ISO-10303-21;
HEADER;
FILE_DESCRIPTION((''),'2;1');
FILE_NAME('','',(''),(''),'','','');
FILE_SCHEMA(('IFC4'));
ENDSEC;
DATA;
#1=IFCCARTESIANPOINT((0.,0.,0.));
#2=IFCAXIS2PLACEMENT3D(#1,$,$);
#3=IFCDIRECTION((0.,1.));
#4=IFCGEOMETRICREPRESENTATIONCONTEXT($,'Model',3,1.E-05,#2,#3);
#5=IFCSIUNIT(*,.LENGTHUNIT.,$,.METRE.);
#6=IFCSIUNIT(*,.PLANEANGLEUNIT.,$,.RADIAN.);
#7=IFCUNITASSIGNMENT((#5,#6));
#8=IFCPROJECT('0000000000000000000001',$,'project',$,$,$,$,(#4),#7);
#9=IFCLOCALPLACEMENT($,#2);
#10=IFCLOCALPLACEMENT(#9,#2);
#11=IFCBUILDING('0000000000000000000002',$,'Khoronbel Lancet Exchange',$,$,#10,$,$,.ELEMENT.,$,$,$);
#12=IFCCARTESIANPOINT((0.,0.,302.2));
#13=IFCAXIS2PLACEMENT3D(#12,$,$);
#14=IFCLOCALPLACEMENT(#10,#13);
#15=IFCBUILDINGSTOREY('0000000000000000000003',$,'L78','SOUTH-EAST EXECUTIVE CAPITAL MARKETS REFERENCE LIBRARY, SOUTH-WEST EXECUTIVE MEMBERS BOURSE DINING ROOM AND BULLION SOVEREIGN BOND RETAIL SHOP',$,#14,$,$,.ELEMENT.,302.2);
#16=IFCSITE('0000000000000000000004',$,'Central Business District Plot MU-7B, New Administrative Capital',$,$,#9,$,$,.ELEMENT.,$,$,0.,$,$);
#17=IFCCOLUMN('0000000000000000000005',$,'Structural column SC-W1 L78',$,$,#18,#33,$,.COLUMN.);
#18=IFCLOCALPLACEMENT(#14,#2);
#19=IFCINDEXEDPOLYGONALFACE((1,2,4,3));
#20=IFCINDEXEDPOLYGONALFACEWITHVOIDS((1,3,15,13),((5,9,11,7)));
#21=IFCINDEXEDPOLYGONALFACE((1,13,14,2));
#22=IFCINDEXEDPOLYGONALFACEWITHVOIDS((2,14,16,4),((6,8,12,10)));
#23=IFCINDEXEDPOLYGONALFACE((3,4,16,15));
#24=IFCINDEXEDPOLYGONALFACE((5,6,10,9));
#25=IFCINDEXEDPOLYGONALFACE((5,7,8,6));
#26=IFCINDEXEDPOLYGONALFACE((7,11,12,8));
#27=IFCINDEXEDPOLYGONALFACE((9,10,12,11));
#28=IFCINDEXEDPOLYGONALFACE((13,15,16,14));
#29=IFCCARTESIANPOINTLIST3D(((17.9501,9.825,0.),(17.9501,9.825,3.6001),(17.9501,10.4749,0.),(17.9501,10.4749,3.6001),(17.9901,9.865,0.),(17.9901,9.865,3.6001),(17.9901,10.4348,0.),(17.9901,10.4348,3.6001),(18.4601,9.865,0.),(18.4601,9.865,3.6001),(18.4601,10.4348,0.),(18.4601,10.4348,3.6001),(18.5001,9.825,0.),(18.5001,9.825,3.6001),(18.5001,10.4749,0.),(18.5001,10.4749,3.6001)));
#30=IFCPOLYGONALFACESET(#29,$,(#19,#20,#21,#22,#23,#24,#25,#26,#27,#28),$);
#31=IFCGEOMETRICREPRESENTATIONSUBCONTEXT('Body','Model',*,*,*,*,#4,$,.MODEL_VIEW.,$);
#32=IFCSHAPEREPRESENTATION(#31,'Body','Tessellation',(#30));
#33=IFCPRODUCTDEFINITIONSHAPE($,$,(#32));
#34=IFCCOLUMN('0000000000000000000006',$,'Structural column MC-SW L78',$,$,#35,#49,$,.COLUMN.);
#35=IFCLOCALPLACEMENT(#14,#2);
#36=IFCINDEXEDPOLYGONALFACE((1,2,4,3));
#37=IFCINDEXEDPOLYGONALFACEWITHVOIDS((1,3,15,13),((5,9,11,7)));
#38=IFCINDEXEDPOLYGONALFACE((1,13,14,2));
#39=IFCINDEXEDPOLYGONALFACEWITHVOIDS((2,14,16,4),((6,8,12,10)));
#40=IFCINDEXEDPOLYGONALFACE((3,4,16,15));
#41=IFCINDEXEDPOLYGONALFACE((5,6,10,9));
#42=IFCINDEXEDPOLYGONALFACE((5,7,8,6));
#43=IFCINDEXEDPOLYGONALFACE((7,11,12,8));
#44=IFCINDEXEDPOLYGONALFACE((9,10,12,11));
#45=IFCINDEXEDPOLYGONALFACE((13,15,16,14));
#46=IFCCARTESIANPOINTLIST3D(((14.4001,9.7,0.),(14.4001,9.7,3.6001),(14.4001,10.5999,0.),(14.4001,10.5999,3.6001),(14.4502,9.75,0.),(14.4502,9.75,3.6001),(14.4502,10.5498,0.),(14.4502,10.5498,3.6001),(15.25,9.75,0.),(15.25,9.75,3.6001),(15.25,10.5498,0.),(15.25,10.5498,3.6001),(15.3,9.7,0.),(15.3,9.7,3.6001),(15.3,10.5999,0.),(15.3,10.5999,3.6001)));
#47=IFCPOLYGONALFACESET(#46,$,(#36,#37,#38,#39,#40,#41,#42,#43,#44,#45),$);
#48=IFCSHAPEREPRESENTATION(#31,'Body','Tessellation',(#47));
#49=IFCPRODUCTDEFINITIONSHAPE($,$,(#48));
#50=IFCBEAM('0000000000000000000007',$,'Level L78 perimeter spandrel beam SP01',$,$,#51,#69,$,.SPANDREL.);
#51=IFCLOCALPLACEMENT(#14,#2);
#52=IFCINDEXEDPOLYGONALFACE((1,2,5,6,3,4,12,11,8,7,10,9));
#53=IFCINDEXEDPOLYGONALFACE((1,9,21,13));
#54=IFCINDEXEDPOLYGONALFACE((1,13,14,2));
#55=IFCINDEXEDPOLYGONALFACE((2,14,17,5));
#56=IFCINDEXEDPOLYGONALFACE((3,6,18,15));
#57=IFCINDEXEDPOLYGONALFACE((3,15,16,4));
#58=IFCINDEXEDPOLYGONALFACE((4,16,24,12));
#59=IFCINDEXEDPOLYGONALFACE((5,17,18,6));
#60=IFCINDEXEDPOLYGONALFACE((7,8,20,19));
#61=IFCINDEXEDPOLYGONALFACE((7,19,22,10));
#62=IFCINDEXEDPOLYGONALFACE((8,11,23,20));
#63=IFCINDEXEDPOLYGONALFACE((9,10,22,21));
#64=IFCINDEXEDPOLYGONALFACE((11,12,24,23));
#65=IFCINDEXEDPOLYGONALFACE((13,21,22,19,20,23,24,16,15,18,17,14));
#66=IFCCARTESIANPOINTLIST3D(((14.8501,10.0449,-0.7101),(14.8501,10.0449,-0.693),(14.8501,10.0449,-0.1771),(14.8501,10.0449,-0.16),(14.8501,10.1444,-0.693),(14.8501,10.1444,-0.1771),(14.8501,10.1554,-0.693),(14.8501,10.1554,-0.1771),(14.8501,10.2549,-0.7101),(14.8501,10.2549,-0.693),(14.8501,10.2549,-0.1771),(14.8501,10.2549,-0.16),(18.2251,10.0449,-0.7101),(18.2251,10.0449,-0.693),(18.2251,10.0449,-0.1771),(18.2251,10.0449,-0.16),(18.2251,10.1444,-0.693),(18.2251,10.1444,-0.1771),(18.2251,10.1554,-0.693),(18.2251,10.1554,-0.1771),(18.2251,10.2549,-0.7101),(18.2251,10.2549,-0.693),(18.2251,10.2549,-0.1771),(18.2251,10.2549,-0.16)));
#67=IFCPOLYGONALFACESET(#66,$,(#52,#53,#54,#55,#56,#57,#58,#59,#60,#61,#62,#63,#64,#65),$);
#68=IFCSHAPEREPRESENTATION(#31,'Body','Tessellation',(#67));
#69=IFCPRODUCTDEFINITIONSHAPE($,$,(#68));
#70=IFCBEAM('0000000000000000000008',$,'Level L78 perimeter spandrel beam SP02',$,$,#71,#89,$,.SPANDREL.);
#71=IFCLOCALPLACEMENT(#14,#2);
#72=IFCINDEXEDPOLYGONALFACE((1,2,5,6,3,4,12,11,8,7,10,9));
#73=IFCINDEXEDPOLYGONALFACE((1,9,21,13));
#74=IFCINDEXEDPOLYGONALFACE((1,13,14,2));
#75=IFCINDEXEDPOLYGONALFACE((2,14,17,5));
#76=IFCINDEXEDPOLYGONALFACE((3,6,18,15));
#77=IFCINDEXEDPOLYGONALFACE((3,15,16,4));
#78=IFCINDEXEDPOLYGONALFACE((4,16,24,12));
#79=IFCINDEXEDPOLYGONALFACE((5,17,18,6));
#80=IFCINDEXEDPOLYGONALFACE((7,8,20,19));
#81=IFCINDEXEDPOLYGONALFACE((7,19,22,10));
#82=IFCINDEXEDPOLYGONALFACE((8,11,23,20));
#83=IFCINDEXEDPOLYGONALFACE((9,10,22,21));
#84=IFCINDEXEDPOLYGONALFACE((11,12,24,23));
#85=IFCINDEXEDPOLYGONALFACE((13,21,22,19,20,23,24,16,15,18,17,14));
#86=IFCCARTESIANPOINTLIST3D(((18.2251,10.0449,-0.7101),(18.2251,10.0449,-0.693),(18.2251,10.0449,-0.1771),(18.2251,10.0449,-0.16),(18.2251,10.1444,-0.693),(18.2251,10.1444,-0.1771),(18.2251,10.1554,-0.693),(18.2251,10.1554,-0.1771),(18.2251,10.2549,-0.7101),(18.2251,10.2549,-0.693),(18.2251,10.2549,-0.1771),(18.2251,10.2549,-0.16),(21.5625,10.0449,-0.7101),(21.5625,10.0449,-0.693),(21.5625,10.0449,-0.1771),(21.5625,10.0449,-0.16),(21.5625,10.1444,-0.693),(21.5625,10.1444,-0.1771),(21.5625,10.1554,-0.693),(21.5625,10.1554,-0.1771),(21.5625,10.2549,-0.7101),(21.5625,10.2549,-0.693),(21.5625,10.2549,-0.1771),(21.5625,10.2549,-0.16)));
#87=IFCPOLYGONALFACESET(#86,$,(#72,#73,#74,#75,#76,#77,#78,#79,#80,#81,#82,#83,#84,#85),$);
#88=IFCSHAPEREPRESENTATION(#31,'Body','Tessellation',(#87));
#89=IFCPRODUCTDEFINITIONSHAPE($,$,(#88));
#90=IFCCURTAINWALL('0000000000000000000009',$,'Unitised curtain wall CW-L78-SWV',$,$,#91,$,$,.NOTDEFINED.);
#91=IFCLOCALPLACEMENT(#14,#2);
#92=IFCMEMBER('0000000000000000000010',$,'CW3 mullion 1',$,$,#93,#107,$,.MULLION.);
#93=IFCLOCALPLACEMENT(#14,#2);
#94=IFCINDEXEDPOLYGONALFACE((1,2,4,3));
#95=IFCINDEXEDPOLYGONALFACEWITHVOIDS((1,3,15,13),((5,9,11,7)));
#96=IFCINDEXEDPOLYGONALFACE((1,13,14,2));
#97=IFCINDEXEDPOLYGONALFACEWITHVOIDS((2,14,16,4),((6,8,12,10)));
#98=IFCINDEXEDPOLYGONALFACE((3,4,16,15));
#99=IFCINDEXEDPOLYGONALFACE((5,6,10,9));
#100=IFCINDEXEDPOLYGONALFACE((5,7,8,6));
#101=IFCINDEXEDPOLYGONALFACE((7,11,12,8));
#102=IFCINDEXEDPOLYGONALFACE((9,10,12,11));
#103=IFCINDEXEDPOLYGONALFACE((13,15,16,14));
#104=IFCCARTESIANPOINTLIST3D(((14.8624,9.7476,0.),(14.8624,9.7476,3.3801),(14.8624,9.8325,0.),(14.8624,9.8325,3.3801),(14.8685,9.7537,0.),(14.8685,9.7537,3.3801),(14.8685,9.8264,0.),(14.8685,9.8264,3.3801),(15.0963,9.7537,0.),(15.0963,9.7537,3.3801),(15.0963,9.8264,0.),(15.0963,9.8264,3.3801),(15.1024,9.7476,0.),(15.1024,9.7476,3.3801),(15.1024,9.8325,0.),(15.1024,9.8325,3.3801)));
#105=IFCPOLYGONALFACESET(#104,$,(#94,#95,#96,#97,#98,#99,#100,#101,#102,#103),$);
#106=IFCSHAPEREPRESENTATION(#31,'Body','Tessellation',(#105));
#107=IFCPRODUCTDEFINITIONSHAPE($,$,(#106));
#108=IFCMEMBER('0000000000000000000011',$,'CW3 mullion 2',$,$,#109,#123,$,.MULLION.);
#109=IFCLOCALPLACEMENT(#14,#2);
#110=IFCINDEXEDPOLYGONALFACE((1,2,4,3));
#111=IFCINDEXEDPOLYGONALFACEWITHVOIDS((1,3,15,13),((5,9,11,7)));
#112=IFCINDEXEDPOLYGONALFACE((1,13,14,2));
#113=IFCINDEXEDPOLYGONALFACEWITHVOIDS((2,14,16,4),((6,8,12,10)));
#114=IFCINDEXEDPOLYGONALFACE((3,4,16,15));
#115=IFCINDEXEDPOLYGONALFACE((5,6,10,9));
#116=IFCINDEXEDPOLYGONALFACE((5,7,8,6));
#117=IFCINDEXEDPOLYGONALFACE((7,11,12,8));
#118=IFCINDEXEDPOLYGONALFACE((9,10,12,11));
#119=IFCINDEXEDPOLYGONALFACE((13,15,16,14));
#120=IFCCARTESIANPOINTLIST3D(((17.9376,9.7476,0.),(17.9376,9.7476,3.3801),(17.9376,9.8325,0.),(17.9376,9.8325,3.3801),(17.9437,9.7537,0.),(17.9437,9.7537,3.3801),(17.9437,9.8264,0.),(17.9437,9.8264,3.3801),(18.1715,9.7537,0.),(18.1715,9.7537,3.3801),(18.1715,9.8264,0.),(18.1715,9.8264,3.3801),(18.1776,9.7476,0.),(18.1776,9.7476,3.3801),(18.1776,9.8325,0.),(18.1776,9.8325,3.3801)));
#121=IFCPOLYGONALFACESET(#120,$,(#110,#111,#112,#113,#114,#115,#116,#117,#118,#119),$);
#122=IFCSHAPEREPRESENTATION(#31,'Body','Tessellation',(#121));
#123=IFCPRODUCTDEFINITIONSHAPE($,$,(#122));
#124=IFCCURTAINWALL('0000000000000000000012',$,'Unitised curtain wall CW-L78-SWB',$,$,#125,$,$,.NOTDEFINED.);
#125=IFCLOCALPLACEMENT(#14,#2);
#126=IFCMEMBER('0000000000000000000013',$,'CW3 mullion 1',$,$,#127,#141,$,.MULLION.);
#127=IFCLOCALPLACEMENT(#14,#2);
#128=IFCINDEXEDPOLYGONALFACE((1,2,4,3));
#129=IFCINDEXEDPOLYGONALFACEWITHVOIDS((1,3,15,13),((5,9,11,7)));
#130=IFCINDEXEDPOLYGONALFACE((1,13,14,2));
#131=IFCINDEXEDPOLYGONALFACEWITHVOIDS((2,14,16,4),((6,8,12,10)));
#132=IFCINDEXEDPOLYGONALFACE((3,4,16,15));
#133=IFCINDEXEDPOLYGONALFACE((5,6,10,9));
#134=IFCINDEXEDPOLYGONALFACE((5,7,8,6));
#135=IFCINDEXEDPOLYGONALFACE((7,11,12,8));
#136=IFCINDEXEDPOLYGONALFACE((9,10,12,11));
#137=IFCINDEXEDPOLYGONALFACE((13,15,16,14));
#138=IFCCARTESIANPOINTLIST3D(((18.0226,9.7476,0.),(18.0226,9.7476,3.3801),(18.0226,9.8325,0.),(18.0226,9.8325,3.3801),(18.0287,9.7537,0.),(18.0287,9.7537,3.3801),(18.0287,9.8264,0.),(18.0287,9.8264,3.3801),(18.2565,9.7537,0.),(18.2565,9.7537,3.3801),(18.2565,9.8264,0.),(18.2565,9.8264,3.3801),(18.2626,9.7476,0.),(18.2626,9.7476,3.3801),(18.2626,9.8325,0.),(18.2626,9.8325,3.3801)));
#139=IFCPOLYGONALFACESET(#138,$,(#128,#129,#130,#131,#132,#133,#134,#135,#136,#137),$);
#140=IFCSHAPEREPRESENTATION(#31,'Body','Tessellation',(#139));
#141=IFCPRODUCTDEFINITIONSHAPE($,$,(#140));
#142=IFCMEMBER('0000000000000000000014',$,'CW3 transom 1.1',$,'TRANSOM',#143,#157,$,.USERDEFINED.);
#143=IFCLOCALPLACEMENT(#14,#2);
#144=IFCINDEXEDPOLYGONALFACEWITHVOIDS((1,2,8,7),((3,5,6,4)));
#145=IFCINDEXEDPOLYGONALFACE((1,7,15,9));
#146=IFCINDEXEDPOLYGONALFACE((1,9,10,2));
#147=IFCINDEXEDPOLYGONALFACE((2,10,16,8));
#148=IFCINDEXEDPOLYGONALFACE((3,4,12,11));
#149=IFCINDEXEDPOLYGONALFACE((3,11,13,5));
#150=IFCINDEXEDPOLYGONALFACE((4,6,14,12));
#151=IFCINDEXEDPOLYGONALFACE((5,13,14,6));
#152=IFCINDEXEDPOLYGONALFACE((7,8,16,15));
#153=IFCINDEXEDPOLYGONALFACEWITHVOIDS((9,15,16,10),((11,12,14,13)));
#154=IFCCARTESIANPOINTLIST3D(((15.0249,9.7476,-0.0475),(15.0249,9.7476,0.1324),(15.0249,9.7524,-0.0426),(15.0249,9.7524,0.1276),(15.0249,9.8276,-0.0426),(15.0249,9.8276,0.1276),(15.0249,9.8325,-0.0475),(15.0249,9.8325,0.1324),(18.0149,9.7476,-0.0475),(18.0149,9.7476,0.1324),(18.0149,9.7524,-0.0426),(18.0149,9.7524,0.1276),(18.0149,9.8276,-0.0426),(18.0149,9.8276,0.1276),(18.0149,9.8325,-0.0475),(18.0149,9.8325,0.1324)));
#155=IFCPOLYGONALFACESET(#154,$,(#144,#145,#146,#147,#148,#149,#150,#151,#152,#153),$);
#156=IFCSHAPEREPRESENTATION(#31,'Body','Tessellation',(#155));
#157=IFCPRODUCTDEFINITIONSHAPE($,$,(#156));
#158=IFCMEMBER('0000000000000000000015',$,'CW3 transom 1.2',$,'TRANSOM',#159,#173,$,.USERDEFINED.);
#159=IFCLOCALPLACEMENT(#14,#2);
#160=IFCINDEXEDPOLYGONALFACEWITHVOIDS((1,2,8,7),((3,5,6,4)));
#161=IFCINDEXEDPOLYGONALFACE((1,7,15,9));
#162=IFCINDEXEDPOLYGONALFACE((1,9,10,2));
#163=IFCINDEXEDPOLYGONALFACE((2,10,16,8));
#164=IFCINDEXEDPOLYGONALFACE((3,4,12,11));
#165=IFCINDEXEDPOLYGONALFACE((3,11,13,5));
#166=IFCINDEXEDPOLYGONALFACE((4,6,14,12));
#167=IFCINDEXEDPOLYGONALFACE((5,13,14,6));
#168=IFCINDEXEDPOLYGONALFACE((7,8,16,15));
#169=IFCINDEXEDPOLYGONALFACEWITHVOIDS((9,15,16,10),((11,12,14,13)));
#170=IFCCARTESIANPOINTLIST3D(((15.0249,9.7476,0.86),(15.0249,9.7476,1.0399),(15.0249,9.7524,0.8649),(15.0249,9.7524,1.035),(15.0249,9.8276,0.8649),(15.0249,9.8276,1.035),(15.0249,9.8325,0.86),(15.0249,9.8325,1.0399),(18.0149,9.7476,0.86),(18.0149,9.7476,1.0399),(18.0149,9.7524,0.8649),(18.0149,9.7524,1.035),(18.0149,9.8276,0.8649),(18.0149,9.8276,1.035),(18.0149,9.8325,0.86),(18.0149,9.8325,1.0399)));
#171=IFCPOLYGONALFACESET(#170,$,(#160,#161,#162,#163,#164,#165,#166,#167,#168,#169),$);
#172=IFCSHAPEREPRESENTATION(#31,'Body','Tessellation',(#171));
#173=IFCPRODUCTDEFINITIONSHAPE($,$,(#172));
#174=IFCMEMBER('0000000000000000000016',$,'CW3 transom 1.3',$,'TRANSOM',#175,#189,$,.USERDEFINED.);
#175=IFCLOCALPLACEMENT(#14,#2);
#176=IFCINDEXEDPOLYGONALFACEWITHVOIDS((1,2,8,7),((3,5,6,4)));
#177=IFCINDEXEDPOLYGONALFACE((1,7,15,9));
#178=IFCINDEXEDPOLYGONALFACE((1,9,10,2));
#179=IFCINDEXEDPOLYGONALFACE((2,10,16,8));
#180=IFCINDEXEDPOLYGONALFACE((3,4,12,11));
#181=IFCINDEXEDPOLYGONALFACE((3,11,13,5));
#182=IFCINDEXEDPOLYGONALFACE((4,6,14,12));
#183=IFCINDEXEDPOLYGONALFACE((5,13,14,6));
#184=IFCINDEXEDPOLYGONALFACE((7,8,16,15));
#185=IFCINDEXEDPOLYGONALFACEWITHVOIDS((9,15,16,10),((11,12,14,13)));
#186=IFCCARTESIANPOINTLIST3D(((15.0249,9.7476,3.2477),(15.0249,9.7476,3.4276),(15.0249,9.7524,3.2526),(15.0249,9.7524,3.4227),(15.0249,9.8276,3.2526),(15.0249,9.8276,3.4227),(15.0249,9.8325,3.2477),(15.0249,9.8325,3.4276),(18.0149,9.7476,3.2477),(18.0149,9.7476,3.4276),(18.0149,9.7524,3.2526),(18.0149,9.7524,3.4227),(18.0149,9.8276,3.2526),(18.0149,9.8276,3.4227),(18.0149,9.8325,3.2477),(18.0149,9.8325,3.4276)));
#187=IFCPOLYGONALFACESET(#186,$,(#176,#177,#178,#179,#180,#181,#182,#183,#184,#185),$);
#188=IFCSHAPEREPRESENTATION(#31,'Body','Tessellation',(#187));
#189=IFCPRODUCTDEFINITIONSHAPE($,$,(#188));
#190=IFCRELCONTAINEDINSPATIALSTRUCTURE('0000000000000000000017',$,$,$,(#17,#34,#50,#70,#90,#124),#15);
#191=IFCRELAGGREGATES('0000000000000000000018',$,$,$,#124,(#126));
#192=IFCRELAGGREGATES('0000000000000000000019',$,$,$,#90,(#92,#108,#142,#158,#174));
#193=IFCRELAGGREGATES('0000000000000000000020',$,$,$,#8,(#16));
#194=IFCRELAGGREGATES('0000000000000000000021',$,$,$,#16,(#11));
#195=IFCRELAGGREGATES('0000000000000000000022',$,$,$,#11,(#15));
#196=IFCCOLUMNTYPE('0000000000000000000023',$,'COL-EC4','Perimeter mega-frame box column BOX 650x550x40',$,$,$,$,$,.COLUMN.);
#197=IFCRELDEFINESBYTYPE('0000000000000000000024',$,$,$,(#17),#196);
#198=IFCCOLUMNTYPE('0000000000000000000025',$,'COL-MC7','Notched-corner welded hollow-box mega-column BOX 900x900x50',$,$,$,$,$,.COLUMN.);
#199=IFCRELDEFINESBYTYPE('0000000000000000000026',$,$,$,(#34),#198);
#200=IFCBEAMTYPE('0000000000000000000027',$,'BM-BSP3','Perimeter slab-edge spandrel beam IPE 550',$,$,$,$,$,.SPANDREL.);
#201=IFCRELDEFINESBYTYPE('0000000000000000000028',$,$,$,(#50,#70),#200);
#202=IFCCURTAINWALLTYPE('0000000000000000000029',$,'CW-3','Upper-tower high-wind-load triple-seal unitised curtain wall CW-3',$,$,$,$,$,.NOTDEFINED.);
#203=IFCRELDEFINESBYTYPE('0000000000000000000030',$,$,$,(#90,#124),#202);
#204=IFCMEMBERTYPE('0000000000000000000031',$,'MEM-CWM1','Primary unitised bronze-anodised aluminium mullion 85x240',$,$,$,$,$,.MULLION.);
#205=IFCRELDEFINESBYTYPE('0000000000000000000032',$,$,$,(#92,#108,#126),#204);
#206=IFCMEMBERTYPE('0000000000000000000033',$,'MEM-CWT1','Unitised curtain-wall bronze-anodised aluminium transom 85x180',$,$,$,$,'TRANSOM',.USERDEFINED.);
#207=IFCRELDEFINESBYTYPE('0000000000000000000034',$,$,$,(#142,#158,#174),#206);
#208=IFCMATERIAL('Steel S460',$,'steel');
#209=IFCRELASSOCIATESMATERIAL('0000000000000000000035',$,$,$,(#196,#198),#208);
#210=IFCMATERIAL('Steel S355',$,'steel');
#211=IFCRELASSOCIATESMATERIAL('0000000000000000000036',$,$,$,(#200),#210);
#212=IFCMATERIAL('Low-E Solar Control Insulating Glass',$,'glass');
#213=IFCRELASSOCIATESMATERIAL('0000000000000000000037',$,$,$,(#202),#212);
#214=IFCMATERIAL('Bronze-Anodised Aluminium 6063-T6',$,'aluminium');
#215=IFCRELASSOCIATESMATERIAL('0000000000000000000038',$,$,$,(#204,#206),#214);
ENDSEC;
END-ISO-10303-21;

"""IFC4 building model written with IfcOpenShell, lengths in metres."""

from ifc_helpers import new_model, si_unit, direction, frame, origin, origin_2d, place, context, subcontext, project, spatial, hollow_rectangle, i_section, extrude, material, material_profile, profile_set, type_object, element, aggregate, save


model = new_model("IFC4")

# Units and contexts
model_context = context("Model", 3, precision=1e-05, world=origin(), true_north=direction((0.0, 1.0)))
body_context = subcontext(model_context, "Body", "Model", "MODEL_VIEW")
ifc_project = project(units=[si_unit("LENGTHUNIT", "METRE"), si_unit("PLANEANGLEUNIT", "RADIAN")], contexts=[model_context])

# Site, building, storey
site_placement = place(None, origin())
site = spatial("IfcSite", under=ifc_project, at=site_placement, Name="Central Business District Plot MU-7B, New Administrative Capital", CompositionType="ELEMENT", RefElevation=0.0)
building_placement = place(site_placement, origin())
building = spatial("IfcBuilding", under=site, at=building_placement, Name="Khoronbel Lancet Exchange", CompositionType="ELEMENT")
storey_placement = place(building_placement, frame((0.0, 0.0, 302.2)))
storey = spatial("IfcBuildingStorey", under=building, at=storey_placement, Name="L78", Description="SOUTH-EAST EXECUTIVE CAPITAL MARKETS REFERENCE LIBRARY, SOUTH-WEST EXECUTIVE MEMBERS BOURSE DINING ROOM AND BULLION SOVEREIGN BOND RETAIL SHOP", CompositionType="ELEMENT", Elevation=302.2)

# Columns
ifc_material_1 = material(Name="Steel S460", Category="steel")
ifc_material_profile_1 = material_profile(ifc_material_1, hollow_rectangle(XDim=0.55, YDim=0.6499, WallThickness=0.04, at=origin_2d()), Name="BOX 650x550x40")
ifc_profile_set_1 = profile_set([ifc_material_profile_1], Name="Steel S460")
column_type_1 = type_object("IfcColumnType", Name="COL-EC4", Description="Perimeter mega-frame box column BOX 650x550x40", PredefinedType="COLUMN", material=ifc_profile_set_1)
column_1_placement = place(storey_placement, frame((18.2251, 10.1499, 0.0), z_axis=(0.0, 0.0, 1.0), x_axis=(1.0, 0.0, 0.0)))
element("IfcColumn", 1, at=column_1_placement, inside=storey, type_object=column_type_1, Name="Structural column SC-W1 L78", PredefinedType="COLUMN", context=body_context, shape_type="SweptSolid", body=[
    extrude(hollow_rectangle(XDim=0.55, YDim=0.6499, WallThickness=0.04, at=origin_2d()), origin(), (0.0, 0.0, 1.0), 3.6001),
])
ifc_material_profile_2 = material_profile(ifc_material_1, hollow_rectangle(XDim=0.8999, YDim=0.8999, WallThickness=0.05, at=origin_2d()), Name="BOX 900x900x50")
ifc_profile_set_2 = profile_set([ifc_material_profile_2], Name="Steel S460")
column_type_2 = type_object("IfcColumnType", Name="COL-MC7", Description="Notched-corner welded hollow-box mega-column BOX 900x900x50", PredefinedType="COLUMN", material=ifc_profile_set_2)
column_2_placement = place(storey_placement, frame((14.8501, 10.1499, 0.0), z_axis=(0.0, 0.0, 1.0), x_axis=(1.0, 0.0, 0.0)))
element("IfcColumn", 2, at=column_2_placement, inside=storey, type_object=column_type_2, Name="Structural column MC-SW L78", PredefinedType="COLUMN", context=body_context, shape_type="SweptSolid", body=[
    extrude(hollow_rectangle(XDim=0.8999, YDim=0.8999, WallThickness=0.05, at=origin_2d()), origin(), (0.0, 0.0, 1.0), 3.6001),
])

# Beams
ifc_material_2 = material(Name="Steel S355", Category="steel")
ifc_material_profile_3 = material_profile(ifc_material_2, i_section(OverallWidth=0.21, OverallDepth=0.55, WebThickness=0.011, FlangeThickness=0.0171, at=origin_2d()), Name="IPE 550")
ifc_profile_set_3 = profile_set([ifc_material_profile_3], Name="Steel S355")
beam_type = type_object("IfcBeamType", Name="BM-BSP3", Description="Perimeter slab-edge spandrel beam IPE 550", PredefinedType="SPANDREL", material=ifc_profile_set_3)
beam_1_placement = place(storey_placement, frame((14.8501, 10.1499, -0.4351), z_axis=(1.0, 0.0, 0.0), x_axis=(0.0, 1.0, 0.0)))
element("IfcBeam", 3, at=beam_1_placement, inside=storey, type_object=beam_type, Name="Level L78 perimeter spandrel beam SP01", PredefinedType="SPANDREL", context=body_context, shape_type="SweptSolid", body=[
    extrude(i_section(OverallWidth=0.21, OverallDepth=0.55, WebThickness=0.011, FlangeThickness=0.0171, at=origin_2d()), origin(), (0.0, 0.0, 1.0), 3.375),
])
beam_2_placement = place(storey_placement, frame((18.2251, 10.1499, -0.4351), z_axis=(1.0, 0.0, 0.0), x_axis=(0.0, 1.0, 0.0)))
element("IfcBeam", 4, at=beam_2_placement, inside=storey, type_object=beam_type, Name="Level L78 perimeter spandrel beam SP02", PredefinedType="SPANDREL", context=body_context, shape_type="SweptSolid", body=[
    extrude(i_section(OverallWidth=0.21, OverallDepth=0.55, WebThickness=0.011, FlangeThickness=0.0171, at=origin_2d()), origin(), (0.0, 0.0, 1.0), 3.3374),
])

# Curtain wall, members
ifc_material_3 = material(Name="Low-E Solar Control Insulating Glass", Category="glass")
curtain_wall_type = type_object("IfcCurtainWallType", Name="CW-3", Description="Upper-tower high-wind-load triple-seal unitised curtain wall CW-3", PredefinedType="NOTDEFINED", material=ifc_material_3)
curtain_wall_1_placement = place(storey_placement, origin())
curtain_wall_1 = element("IfcCurtainWall", 5, at=curtain_wall_1_placement, inside=storey, type_object=curtain_wall_type, Name="Unitised curtain wall CW-L78-SWV", PredefinedType="NOTDEFINED")
ifc_material_4 = material(Name="Bronze-Anodised Aluminium 6063-T6", Category="aluminium")
ifc_material_profile_4 = material_profile(ifc_material_4, hollow_rectangle(XDim=0.085, YDim=0.24, WallThickness=0.0061, at=origin_2d()), Name="ALU MULLION 85x240")
ifc_profile_set_4 = profile_set([ifc_material_profile_4], Name="Bronze-Anodised Aluminium 6063-T6")
member_type_1 = type_object("IfcMemberType", Name="MEM-CWM1", Description="Primary unitised bronze-anodised aluminium mullion 85x240", PredefinedType="MULLION", material=ifc_profile_set_4)
member_1_placement = place(storey_placement, frame((14.9824, 9.79, 0.0), z_axis=(0.0, 0.0, 1.0), x_axis=(0.0, 1.0, 0.0)))
member_1 = element("IfcMember", 6, at=member_1_placement, type_object=member_type_1, Name="CW3 mullion 1", PredefinedType="MULLION", context=body_context, shape_type="SweptSolid", body=[
    extrude(hollow_rectangle(XDim=0.085, YDim=0.24, WallThickness=0.0061, at=origin_2d()), origin(), (0.0, 0.0, 1.0), 3.3801),
])
member_2_placement = place(storey_placement, frame((18.0576, 9.79, 0.0), z_axis=(0.0, 0.0, 1.0), x_axis=(0.0, 1.0, 0.0)))
member_2 = element("IfcMember", 7, at=member_2_placement, type_object=member_type_1, Name="CW3 mullion 2", PredefinedType="MULLION", context=body_context, shape_type="SweptSolid", body=[
    extrude(hollow_rectangle(XDim=0.085, YDim=0.24, WallThickness=0.0061, at=origin_2d()), origin(), (0.0, 0.0, 1.0), 3.3801),
])

# Curtain wall, member
curtain_wall_2_placement = place(storey_placement, origin())
curtain_wall_2 = element("IfcCurtainWall", 8, at=curtain_wall_2_placement, inside=storey, type_object=curtain_wall_type, Name="Unitised curtain wall CW-L78-SWB", PredefinedType="NOTDEFINED")
member_3_placement = place(storey_placement, frame((18.1426, 9.79, 0.0), z_axis=(0.0, 0.0, 1.0), x_axis=(0.0, 1.0, 0.0)))
member_3 = element("IfcMember", 9, at=member_3_placement, type_object=member_type_1, Name="CW3 mullion 1", PredefinedType="MULLION", context=body_context, shape_type="SweptSolid", body=[
    extrude(hollow_rectangle(XDim=0.085, YDim=0.24, WallThickness=0.0061, at=origin_2d()), origin(), (0.0, 0.0, 1.0), 3.3801),
])

# Members
ifc_material_profile_5 = material_profile(ifc_material_4, hollow_rectangle(XDim=0.085, YDim=0.1799, WallThickness=0.0049, at=origin_2d()), Name="ALU TRANSOM 85x180")
ifc_profile_set_5 = profile_set([ifc_material_profile_5], Name="Bronze-Anodised Aluminium 6063-T6")
member_type_2 = type_object("IfcMemberType", Name="MEM-CWT1", Description="Unitised curtain-wall bronze-anodised aluminium transom 85x180", ElementType="TRANSOM", PredefinedType="USERDEFINED", material=ifc_profile_set_5)
member_4_placement = place(storey_placement, frame((15.0249, 9.79, 0.0425), z_axis=(1.0, 0.0, 0.0), x_axis=(0.0, 1.0, 0.0)))
member_4 = element("IfcMember", 10, at=member_4_placement, type_object=member_type_2, Name="CW3 transom 1.1", ObjectType="TRANSOM", PredefinedType="USERDEFINED", context=body_context, shape_type="SweptSolid", body=[
    extrude(hollow_rectangle(XDim=0.085, YDim=0.1799, WallThickness=0.0049, at=origin_2d()), origin(), (0.0, 0.0, 1.0), 2.99),
])
member_5_placement = place(storey_placement, frame((15.0249, 9.79, 0.95), z_axis=(1.0, 0.0, 0.0), x_axis=(0.0, 1.0, 0.0)))
member_5 = element("IfcMember", 11, at=member_5_placement, type_object=member_type_2, Name="CW3 transom 1.2", ObjectType="TRANSOM", PredefinedType="USERDEFINED", context=body_context, shape_type="SweptSolid", body=[
    extrude(hollow_rectangle(XDim=0.085, YDim=0.1799, WallThickness=0.0049, at=origin_2d()), origin(), (0.0, 0.0, 1.0), 2.99),
])
member_6_placement = place(storey_placement, frame((15.0249, 9.79, 3.3376), z_axis=(1.0, 0.0, 0.0), x_axis=(0.0, 1.0, 0.0)))
member_6 = element("IfcMember", 12, at=member_6_placement, type_object=member_type_2, Name="CW3 transom 1.3", ObjectType="TRANSOM", PredefinedType="USERDEFINED", context=body_context, shape_type="SweptSolid", body=[
    extrude(hollow_rectangle(XDim=0.085, YDim=0.1799, WallThickness=0.0049, at=origin_2d()), origin(), (0.0, 0.0, 1.0), 2.99),
])
aggregate(curtain_wall_2, [member_3])

aggregate(curtain_wall_1, [member_1, member_2, member_4, member_5, member_6])

save(model, "model.ifc")
